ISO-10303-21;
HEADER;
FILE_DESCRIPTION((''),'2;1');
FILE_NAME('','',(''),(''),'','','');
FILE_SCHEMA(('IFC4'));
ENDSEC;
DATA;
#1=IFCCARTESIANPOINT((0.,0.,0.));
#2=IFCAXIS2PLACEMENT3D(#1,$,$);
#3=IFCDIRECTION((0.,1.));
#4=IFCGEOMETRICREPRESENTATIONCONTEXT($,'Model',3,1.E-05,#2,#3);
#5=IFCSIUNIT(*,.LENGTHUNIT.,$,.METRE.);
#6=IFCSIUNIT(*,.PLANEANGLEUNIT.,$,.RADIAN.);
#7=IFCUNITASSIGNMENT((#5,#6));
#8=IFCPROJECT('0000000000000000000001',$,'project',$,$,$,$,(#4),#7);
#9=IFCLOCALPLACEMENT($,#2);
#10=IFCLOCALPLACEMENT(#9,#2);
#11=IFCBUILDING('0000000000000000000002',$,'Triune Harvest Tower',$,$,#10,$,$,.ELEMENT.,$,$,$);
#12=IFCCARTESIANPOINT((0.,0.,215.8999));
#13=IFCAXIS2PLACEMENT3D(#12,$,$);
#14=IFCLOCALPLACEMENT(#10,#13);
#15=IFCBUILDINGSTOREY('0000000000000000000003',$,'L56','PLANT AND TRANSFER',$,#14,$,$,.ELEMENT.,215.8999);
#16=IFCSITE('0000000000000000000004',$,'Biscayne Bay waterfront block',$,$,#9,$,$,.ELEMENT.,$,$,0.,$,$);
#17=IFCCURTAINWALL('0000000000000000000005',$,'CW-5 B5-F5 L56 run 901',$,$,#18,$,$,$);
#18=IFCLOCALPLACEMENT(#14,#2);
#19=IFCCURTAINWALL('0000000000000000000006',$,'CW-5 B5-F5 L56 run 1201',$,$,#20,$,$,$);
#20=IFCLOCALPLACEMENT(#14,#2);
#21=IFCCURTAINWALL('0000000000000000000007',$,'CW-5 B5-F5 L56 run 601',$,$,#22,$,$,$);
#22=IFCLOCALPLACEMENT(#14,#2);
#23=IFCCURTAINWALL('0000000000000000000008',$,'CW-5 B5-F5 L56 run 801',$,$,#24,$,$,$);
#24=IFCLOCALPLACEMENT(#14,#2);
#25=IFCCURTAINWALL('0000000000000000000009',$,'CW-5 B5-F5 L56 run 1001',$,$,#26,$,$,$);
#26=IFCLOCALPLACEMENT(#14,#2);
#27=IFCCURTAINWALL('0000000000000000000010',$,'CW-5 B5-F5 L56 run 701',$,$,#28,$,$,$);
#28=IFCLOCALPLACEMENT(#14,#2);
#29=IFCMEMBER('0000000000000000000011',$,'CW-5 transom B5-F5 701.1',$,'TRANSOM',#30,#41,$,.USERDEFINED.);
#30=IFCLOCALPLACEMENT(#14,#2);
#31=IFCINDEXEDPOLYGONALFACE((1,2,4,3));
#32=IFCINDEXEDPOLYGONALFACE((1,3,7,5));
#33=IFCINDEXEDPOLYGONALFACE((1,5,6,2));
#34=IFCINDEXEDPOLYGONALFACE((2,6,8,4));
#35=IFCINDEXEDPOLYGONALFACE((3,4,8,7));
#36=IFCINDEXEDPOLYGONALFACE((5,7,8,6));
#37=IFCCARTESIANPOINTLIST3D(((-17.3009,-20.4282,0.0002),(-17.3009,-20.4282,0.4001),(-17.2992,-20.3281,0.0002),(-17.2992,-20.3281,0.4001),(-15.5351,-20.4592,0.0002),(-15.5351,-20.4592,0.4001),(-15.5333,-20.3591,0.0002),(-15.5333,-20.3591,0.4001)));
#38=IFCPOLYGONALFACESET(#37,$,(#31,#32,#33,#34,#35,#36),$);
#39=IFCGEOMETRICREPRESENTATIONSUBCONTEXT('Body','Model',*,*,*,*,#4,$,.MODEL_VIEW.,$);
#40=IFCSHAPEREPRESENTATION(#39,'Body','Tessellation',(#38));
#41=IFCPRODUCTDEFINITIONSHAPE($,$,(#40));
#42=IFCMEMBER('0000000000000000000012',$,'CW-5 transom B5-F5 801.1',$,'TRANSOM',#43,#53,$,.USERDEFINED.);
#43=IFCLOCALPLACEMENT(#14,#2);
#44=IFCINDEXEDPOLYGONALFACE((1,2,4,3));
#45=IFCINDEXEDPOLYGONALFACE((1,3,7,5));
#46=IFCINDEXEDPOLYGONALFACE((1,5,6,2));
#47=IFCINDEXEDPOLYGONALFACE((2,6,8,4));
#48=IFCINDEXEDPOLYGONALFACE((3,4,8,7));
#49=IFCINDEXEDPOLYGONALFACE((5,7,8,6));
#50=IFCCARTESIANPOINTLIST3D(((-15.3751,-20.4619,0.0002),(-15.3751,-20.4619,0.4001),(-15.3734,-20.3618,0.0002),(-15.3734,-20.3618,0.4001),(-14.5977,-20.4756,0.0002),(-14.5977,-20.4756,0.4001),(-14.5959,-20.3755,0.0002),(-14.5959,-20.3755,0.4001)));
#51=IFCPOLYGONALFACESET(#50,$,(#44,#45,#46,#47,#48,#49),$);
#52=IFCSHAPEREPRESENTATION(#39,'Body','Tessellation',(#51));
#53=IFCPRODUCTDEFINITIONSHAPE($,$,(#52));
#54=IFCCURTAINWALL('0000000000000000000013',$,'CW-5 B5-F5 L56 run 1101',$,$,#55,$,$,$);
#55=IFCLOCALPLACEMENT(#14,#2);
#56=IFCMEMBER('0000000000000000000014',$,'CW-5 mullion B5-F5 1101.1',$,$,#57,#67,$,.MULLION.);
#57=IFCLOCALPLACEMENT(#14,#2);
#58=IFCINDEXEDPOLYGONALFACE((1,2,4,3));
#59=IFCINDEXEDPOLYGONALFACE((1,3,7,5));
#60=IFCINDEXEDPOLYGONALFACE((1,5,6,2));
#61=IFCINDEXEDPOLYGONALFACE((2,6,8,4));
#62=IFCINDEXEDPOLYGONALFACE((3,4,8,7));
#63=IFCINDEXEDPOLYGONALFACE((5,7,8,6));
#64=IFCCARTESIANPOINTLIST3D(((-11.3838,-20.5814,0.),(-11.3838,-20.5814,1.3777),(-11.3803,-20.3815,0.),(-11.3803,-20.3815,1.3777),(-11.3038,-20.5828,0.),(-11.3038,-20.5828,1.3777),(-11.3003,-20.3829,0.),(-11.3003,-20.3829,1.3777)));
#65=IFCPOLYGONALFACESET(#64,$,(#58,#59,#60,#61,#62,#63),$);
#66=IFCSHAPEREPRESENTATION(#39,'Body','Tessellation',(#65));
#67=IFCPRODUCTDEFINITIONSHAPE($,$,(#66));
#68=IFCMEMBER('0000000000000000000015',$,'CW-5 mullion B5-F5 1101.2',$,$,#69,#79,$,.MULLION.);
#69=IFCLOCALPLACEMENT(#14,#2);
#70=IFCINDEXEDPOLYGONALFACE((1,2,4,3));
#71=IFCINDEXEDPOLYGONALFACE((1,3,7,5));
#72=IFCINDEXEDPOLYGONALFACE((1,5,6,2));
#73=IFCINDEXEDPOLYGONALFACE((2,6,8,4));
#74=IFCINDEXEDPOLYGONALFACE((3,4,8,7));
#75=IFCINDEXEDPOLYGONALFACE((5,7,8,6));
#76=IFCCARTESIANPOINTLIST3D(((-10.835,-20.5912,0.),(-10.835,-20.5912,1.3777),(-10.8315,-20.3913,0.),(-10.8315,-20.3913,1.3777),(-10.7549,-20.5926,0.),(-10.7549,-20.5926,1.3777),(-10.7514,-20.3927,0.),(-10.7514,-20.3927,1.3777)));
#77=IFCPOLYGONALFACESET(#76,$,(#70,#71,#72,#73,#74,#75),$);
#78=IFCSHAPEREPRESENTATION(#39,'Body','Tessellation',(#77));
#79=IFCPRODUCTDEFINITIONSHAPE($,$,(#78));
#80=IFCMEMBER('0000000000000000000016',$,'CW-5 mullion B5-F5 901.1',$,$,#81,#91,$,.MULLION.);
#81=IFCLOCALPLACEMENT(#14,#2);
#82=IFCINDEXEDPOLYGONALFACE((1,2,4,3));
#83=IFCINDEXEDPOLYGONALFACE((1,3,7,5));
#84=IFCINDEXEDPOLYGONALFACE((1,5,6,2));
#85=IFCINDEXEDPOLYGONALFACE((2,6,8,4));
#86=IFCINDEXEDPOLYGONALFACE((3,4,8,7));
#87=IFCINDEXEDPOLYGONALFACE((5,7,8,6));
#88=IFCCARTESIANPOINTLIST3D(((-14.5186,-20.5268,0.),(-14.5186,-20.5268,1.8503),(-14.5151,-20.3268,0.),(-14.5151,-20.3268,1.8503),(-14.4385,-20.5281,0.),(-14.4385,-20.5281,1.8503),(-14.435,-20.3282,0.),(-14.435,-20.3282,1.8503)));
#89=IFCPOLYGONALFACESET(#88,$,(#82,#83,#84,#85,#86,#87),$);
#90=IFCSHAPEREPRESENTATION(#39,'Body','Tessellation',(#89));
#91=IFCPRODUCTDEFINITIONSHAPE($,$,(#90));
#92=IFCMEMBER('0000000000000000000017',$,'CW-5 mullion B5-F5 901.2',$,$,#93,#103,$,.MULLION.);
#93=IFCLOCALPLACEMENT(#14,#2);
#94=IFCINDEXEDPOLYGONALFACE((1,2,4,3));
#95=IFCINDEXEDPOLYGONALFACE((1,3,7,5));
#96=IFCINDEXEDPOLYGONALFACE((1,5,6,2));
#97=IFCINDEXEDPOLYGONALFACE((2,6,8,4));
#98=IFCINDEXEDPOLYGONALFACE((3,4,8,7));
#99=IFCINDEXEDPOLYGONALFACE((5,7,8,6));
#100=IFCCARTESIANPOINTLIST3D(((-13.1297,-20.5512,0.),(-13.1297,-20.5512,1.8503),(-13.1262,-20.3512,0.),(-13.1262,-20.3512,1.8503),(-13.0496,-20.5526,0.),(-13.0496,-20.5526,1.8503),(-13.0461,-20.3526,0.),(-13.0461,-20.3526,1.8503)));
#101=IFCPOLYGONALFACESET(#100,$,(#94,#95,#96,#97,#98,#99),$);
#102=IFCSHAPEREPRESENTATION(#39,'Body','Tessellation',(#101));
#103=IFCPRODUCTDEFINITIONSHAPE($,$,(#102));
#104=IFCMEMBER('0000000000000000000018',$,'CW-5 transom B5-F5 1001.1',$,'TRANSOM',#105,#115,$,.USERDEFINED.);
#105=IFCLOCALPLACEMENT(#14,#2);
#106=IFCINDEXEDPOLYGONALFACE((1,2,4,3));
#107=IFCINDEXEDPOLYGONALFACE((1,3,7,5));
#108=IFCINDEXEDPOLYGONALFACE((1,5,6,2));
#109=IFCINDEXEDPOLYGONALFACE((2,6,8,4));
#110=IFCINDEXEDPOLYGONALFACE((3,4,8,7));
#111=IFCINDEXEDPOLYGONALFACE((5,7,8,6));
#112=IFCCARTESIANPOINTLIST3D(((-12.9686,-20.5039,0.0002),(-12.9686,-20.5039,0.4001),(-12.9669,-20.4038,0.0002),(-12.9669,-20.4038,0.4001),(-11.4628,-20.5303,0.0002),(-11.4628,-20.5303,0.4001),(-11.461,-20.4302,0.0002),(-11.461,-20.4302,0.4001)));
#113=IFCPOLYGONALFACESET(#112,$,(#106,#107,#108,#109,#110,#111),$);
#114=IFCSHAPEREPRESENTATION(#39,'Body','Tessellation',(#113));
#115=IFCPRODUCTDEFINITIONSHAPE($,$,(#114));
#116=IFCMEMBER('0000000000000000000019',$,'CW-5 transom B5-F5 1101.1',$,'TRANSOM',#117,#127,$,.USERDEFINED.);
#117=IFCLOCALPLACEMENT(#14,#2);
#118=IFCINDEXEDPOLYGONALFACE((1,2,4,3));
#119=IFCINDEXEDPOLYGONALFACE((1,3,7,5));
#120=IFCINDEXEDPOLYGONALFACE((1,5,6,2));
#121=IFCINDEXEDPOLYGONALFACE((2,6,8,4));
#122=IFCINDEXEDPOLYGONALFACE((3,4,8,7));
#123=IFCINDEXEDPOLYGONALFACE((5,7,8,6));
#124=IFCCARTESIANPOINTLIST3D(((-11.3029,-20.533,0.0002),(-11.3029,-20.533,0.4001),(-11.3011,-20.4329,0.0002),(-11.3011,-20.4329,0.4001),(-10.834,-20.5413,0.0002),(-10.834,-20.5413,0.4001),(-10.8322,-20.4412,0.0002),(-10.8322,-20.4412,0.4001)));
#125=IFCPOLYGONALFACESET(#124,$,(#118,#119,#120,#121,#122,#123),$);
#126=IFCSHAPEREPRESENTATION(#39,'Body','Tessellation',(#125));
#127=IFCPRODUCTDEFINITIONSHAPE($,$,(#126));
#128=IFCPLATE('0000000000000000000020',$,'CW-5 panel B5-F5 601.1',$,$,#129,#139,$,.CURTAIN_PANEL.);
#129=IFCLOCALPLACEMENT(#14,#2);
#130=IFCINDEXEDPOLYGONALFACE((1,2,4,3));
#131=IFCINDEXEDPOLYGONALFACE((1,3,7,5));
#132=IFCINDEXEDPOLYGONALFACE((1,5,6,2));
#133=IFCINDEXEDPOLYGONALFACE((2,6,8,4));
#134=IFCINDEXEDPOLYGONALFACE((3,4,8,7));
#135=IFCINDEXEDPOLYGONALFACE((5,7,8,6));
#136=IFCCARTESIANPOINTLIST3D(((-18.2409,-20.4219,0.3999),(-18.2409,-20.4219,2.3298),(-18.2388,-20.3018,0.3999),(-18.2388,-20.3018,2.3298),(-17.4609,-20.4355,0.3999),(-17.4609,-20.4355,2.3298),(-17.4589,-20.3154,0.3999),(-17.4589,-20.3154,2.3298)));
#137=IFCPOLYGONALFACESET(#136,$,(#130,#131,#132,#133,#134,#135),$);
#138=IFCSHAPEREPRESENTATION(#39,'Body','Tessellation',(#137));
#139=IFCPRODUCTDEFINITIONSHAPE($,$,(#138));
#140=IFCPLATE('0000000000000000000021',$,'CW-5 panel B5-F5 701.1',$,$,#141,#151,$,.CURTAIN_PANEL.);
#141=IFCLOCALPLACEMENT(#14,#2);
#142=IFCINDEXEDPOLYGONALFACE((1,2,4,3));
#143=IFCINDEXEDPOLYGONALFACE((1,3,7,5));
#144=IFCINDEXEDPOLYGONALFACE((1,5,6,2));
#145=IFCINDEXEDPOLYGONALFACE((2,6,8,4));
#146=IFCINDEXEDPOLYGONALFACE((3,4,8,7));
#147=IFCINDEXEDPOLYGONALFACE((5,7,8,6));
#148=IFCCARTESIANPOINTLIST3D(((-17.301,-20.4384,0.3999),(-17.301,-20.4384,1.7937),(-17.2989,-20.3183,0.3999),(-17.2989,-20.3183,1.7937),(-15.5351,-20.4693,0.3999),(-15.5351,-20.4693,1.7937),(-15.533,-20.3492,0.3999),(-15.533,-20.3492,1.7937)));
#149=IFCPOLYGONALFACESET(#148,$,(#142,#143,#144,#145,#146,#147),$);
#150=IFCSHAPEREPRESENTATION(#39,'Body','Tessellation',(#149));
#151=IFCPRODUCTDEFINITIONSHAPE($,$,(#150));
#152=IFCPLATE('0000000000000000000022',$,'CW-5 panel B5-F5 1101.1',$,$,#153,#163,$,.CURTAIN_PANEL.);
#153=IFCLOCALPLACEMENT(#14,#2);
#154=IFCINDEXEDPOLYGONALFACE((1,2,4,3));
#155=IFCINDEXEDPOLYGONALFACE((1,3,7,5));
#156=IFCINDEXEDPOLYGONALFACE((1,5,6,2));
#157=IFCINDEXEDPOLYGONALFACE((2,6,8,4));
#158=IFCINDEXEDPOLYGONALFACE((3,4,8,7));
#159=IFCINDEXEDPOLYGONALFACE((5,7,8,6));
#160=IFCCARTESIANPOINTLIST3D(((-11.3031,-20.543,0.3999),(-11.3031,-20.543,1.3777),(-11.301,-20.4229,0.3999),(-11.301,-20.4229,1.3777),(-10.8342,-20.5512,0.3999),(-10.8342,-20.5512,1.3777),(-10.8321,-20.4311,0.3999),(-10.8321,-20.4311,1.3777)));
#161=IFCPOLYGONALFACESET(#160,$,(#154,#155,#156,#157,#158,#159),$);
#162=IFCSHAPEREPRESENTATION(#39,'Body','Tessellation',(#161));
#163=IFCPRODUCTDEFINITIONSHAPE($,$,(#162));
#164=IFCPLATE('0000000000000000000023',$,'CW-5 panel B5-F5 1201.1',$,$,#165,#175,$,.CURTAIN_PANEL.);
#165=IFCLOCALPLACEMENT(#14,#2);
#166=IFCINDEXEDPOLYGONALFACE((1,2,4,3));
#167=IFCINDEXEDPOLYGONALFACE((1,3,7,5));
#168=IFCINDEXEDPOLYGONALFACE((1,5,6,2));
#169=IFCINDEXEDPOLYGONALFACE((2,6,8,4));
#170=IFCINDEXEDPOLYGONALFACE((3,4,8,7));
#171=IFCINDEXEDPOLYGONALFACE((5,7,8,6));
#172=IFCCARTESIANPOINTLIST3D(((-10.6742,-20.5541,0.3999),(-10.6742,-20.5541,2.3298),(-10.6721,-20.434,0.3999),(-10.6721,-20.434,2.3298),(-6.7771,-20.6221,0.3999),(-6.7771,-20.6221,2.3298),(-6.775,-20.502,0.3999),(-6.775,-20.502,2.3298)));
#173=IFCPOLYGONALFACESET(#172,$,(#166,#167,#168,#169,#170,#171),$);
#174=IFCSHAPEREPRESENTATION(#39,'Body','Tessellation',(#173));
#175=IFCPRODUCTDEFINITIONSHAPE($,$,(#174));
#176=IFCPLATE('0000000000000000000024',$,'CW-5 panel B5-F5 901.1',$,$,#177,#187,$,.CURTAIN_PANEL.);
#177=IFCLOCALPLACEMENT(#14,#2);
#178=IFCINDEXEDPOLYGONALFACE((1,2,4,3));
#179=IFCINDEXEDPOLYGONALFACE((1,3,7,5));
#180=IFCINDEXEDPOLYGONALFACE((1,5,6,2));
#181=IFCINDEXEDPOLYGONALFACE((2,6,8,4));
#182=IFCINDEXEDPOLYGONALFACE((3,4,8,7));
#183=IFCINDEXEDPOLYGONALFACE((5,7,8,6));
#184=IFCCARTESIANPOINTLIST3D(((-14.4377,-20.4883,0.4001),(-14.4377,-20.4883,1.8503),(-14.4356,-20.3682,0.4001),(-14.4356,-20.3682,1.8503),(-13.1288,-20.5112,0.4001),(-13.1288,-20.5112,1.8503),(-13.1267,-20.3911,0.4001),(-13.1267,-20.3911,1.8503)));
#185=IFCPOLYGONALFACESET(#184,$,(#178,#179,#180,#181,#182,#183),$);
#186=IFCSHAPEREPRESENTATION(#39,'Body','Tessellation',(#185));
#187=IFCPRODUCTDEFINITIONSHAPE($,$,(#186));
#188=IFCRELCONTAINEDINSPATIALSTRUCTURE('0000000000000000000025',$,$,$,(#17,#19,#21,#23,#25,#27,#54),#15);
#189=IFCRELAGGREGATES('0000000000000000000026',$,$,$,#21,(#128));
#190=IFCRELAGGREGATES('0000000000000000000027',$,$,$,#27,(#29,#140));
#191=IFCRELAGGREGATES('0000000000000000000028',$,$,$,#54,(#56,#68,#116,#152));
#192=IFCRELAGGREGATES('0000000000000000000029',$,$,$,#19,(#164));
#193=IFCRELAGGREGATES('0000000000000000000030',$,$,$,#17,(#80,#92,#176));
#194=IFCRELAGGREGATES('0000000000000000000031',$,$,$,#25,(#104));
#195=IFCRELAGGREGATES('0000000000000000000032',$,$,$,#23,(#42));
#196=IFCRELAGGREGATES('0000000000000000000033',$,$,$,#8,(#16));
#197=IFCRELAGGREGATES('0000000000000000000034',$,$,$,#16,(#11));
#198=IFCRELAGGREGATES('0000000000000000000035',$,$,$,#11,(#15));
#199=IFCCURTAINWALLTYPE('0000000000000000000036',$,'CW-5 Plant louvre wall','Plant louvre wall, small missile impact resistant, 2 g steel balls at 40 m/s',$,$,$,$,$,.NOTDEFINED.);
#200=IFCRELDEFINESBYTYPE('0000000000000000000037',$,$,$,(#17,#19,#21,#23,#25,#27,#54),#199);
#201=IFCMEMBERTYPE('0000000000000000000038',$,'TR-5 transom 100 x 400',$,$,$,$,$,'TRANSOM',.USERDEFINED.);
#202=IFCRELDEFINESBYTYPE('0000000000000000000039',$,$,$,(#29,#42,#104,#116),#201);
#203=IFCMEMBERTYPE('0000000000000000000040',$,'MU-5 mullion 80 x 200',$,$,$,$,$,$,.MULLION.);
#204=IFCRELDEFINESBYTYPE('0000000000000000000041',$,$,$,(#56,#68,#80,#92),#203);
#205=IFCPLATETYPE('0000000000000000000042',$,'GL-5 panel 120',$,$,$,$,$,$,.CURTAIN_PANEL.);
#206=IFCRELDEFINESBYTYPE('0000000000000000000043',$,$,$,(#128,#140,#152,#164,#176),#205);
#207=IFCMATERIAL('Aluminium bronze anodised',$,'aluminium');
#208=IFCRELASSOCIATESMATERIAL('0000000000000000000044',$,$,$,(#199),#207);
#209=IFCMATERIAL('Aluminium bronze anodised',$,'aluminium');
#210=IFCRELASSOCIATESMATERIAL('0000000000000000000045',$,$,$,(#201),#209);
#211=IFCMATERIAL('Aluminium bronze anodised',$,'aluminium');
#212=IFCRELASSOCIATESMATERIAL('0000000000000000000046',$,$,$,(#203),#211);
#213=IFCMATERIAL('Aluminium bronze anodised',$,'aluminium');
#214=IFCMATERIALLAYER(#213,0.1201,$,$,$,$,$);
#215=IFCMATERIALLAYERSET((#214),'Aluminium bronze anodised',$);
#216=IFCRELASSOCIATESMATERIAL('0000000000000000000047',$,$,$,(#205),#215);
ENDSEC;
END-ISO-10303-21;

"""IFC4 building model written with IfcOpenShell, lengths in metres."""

from ifc_helpers import new_model, si_unit, direction, frame, origin, origin_2d, place, context, subcontext, project, spatial, rectangle, extrude, source, transform, mapped, material, layer, layer_set, material_profile, profile_set, type_object, element, aggregate, save


model = new_model("IFC4")

# Units and contexts
model_context = context("Model", 3, precision=1e-05, world=origin(), true_north=direction((0.0, 1.0)))
body_context = subcontext(model_context, "Body", "Model", "MODEL_VIEW")
ifc_project = project(units=[si_unit("LENGTHUNIT", "METRE"), si_unit("PLANEANGLEUNIT", "RADIAN")], contexts=[model_context])

# Site, building, storey
site_placement = place(None, origin())
site = spatial("IfcSite", under=ifc_project, at=site_placement, Name="Biscayne Bay waterfront block", CompositionType="ELEMENT", RefElevation=0.0)
building_placement = place(site_placement, origin())
building = spatial("IfcBuilding", under=site, at=building_placement, Name="Triune Harvest Tower", CompositionType="ELEMENT")
storey_placement = place(building_placement, frame((0.0, 0.0, 215.8999)))
storey = spatial("IfcBuildingStorey", under=building, at=storey_placement, Name="L56", Description="PLANT AND TRANSFER", CompositionType="ELEMENT", Elevation=215.8999)

# Curtain walls
ifc_material_1 = material(Name="Aluminium bronze anodised", Category="aluminium")
curtain_wall_type = type_object("IfcCurtainWallType", Name="CW-5 Plant louvre wall", Description="Plant louvre wall, small missile impact resistant, 2 g steel balls at 40 m/s", PredefinedType="NOTDEFINED", material=ifc_material_1)
curtain_wall_1_placement = place(storey_placement, origin())
curtain_wall_1 = element("IfcCurtainWall", 1, at=curtain_wall_1_placement, inside=storey, type_object=curtain_wall_type, Name="CW-5 B5-F5 L56 run 901")
ifc_material_2 = material(Name="Aluminium bronze anodised", Category="aluminium")
ifc_material_profile_1 = material_profile(ifc_material_2, rectangle(XDim=0.1001, YDim=0.3999, at=origin_2d()), Name="TR-5 transom 100 x 400")
ifc_profile_set_1 = profile_set([ifc_material_profile_1], Name="Aluminium bronze anodised")
member_type_1 = type_object("IfcMemberType", Name="TR-5 transom 100 x 400", ElementType="TRANSOM", PredefinedType="USERDEFINED", material=ifc_profile_set_1)
curtain_wall_2_placement = place(storey_placement, origin())
curtain_wall_2 = element("IfcCurtainWall", 2, at=curtain_wall_2_placement, inside=storey, type_object=curtain_wall_type, Name="CW-5 B5-F5 L56 run 1201")

# Shared definitions
ifc_material_3 = material(Name="Aluminium bronze anodised", Category="aluminium")
ifc_material_profile_2 = material_profile(ifc_material_3, rectangle(XDim=0.2, YDim=0.0801, at=origin_2d()), Name="MU-5 mullion 80 x 200")
ifc_profile_set_2 = profile_set([ifc_material_profile_2], Name="Aluminium bronze anodised")
member_type_2 = type_object("IfcMemberType", Name="MU-5 mullion 80 x 200", PredefinedType="MULLION", material=ifc_profile_set_2)

# Curtain wall
curtain_wall_3_placement = place(storey_placement, origin())
curtain_wall_3 = element("IfcCurtainWall", 3, at=curtain_wall_3_placement, inside=storey, type_object=curtain_wall_type, Name="CW-5 B5-F5 L56 run 601")

# Curtain walls
curtain_wall_4_placement = place(storey_placement, origin())
curtain_wall_4 = element("IfcCurtainWall", 4, at=curtain_wall_4_placement, inside=storey, type_object=curtain_wall_type, Name="CW-5 B5-F5 L56 run 801")
curtain_wall_5_placement = place(storey_placement, origin())
curtain_wall_5 = element("IfcCurtainWall", 5, at=curtain_wall_5_placement, inside=storey, type_object=curtain_wall_type, Name="CW-5 B5-F5 L56 run 1001")

# Curtain wall, member
curtain_wall_6_placement = place(storey_placement, origin())
curtain_wall_6 = element("IfcCurtainWall", 6, at=curtain_wall_6_placement, inside=storey, type_object=curtain_wall_type, Name="CW-5 B5-F5 L56 run 701")
shared_shape_1 = source(origin(), body_context, "Body", "SweptSolid", [
    extrude(rectangle(XDim=0.1001, YDim=0.3999, at=origin_2d()), origin(), (0.0, 0.0, 1.0), 1.7661),
])
member_1_placement = place(storey_placement, frame((-17.3, -20.3782, 0.2002), z_axis=(0.999846, -0.017556, 0.0), x_axis=(0.017556, 0.999846, 0.0)))
member_1 = element("IfcMember", 7, at=member_1_placement, type_object=member_type_1, Name="CW-5 transom B5-F5 701.1", ObjectType="TRANSOM", PredefinedType="USERDEFINED", context=body_context, shape_type="MappedRepresentation", body=[
    mapped(shared_shape_1, transform((0.0, 0.0, 0.0), scale=1.0)),
])

# Member
shared_shape_2 = source(origin(), body_context, "Body", "SweptSolid", [
    extrude(rectangle(XDim=0.1001, YDim=0.3999, at=origin_2d()), origin(), (0.0, 0.0, 1.0), 0.7776),
])
member_2_placement = place(storey_placement, frame((-15.3743, -20.4119, 0.2002), z_axis=(0.999845, -0.01758, 0.0), x_axis=(0.01758, 0.999845, 0.0)))
member_2 = element("IfcMember", 8, at=member_2_placement, type_object=member_type_1, Name="CW-5 transom B5-F5 801.1", ObjectType="TRANSOM", PredefinedType="USERDEFINED", context=body_context, shape_type="MappedRepresentation", body=[
    mapped(shared_shape_2, transform((0.0, 0.0, 0.0), scale=1.0)),
])

# Curtain wall, members
curtain_wall_7_placement = place(storey_placement, origin())
curtain_wall_7 = element("IfcCurtainWall", 9, at=curtain_wall_7_placement, inside=storey, type_object=curtain_wall_type, Name="CW-5 B5-F5 L56 run 1101")
shared_shape_3 = source(origin(), body_context, "Body", "SweptSolid", [
    extrude(rectangle(XDim=0.2, YDim=0.0801, at=origin_2d()), origin(), (0.0, 0.0, 1.0), 1.3777),
])
member_3_placement = place(storey_placement, frame((-11.342, -20.4822, 0.0), z_axis=(0.0, 0.0, 1.0), x_axis=(0.017488, 0.999847, 0.0)))
member_3 = element("IfcMember", 10, at=member_3_placement, type_object=member_type_2, Name="CW-5 mullion B5-F5 1101.1", PredefinedType="MULLION", context=body_context, shape_type="MappedRepresentation", body=[
    mapped(shared_shape_3, transform((0.0, 0.0, 0.0), scale=1.0)),
])
member_4_placement = place(storey_placement, frame((-10.7932, -20.4919, 0.0), z_axis=(0.0, 0.0, 1.0), x_axis=(0.017488, 0.999847, 0.0)))
member_4 = element("IfcMember", 11, at=member_4_placement, type_object=member_type_2, Name="CW-5 mullion B5-F5 1101.2", PredefinedType="MULLION", context=body_context, shape_type="MappedRepresentation", body=[
    mapped(shared_shape_3, transform((0.0, 0.0, 0.0), scale=1.0)),
])

# Members
shared_shape_4 = source(origin(), body_context, "Body", "SweptSolid", [
    extrude(rectangle(XDim=0.2, YDim=0.0801, at=origin_2d()), origin(), (0.0, 0.0, 1.0), 1.8503),
])
member_5_placement = place(storey_placement, frame((-14.4768, -20.4275, 0.0), z_axis=(0.0, 0.0, 1.0), x_axis=(0.017425, 0.999848, 0.0)))
member_5 = element("IfcMember", 12, at=member_5_placement, type_object=member_type_2, Name="CW-5 mullion B5-F5 901.1", PredefinedType="MULLION", context=body_context, shape_type="MappedRepresentation", body=[
    mapped(shared_shape_4, transform((0.0, 0.0, 0.0), scale=1.0)),
])
member_6_placement = place(storey_placement, frame((-13.0879, -20.4519, 0.0), z_axis=(0.0, 0.0, 1.0), x_axis=(0.017425, 0.999848, 0.0)))
member_6 = element("IfcMember", 13, at=member_6_placement, type_object=member_type_2, Name="CW-5 mullion B5-F5 901.2", PredefinedType="MULLION", context=body_context, shape_type="MappedRepresentation", body=[
    mapped(shared_shape_4, transform((0.0, 0.0, 0.0), scale=1.0)),
])
shared_shape_5 = source(origin(), body_context, "Body", "SweptSolid", [
    extrude(rectangle(XDim=0.1001, YDim=0.3999, at=origin_2d()), origin(), (0.0, 0.0, 1.0), 1.5061),
])
member_7_placement = place(storey_placement, frame((-12.9678, -20.4539, 0.2002), z_axis=(0.999847, -0.017507, 0.0), x_axis=(0.017507, 0.999847, 0.0)))
member_7 = element("IfcMember", 14, at=member_7_placement, type_object=member_type_1, Name="CW-5 transom B5-F5 1001.1", ObjectType="TRANSOM", PredefinedType="USERDEFINED", context=body_context, shape_type="MappedRepresentation", body=[
    mapped(shared_shape_5, transform((0.0, 0.0, 0.0), scale=1.0)),
])
shared_shape_6 = source(origin(), body_context, "Body", "SweptSolid", [
    extrude(rectangle(XDim=0.1001, YDim=0.3999, at=origin_2d()), origin(), (0.0, 0.0, 1.0), 0.469),
])
member_8_placement = place(storey_placement, frame((-11.302, -20.4829, 0.2002), z_axis=(0.999843, -0.017696, 0.0), x_axis=(0.017696, 0.999843, 0.0)))
member_8 = element("IfcMember", 15, at=member_8_placement, type_object=member_type_1, Name="CW-5 transom B5-F5 1101.1", ObjectType="TRANSOM", PredefinedType="USERDEFINED", context=body_context, shape_type="MappedRepresentation", body=[
    mapped(shared_shape_6, transform((0.0, 0.0, 0.0), scale=1.0)),
])

# Plates
ifc_material_4 = material(Name="Aluminium bronze anodised", Category="aluminium")
ifc_layer = layer(ifc_material_4, 0.1201)
ifc_layer_set = layer_set([ifc_layer], Name="Aluminium bronze anodised")
plate_type = type_object("IfcPlateType", Name="GL-5 panel 120", PredefinedType="CURTAIN_PANEL", material=ifc_layer_set)
plate_1_placement = place(storey_placement, frame((-17.8499, -20.3687, 0.3999), z_axis=(0.0, 0.0, 1.0), x_axis=(0.999848, -0.017446, 0.0)))
plate_1 = element("IfcPlate", 16, at=plate_1_placement, type_object=plate_type, Name="CW-5 panel B5-F5 601.1", PredefinedType="CURTAIN_PANEL", context=body_context, shape_type="SweptSolid", body=[
    extrude(rectangle(XDim=0.78, YDim=0.1201, at=origin_2d()), origin(), (0.0, 0.0, 1.0), 1.9299),
])
aggregate(curtain_wall_3, [plate_1])
plate_2_placement = place(storey_placement, frame((-16.417, -20.3938, 0.3999), z_axis=(0.0, 0.0, 1.0), x_axis=(0.999848, -0.017445, 0.0)))
plate_2 = element("IfcPlate", 17, at=plate_2_placement, type_object=plate_type, Name="CW-5 panel B5-F5 701.1", PredefinedType="CURTAIN_PANEL", context=body_context, shape_type="SweptSolid", body=[
    extrude(rectangle(XDim=1.7661, YDim=0.1201, at=origin_2d()), origin(), (0.0, 0.0, 1.0), 1.3938),
])
aggregate(curtain_wall_6, [member_1, plate_2])
plate_3_placement = place(storey_placement, frame((-11.0676, -20.4871, 0.3999), z_axis=(0.0, 0.0, 1.0), x_axis=(0.999847, -0.017488, 0.0)))
plate_3 = element("IfcPlate", 18, at=plate_3_placement, type_object=plate_type, Name="CW-5 panel B5-F5 1101.1", PredefinedType="CURTAIN_PANEL", context=body_context, shape_type="SweptSolid", body=[
    extrude(rectangle(XDim=0.469, YDim=0.1201, at=origin_2d()), origin(), (0.0, 0.0, 1.0), 0.9778),
])
aggregate(curtain_wall_7, [member_3, member_4, member_8, plate_3])
plate_4_placement = place(storey_placement, frame((-8.7246, -20.5281, 0.3999), z_axis=(0.0, 0.0, 1.0), x_axis=(0.999848, -0.017448, 0.0)))
plate_4 = element("IfcPlate", 19, at=plate_4_placement, type_object=plate_type, Name="CW-5 panel B5-F5 1201.1", PredefinedType="CURTAIN_PANEL", context=body_context, shape_type="SweptSolid", body=[
    extrude(rectangle(XDim=3.8977, YDim=0.1201, at=origin_2d()), origin(), (0.0, 0.0, 1.0), 1.9299),
])
aggregate(curtain_wall_2, [plate_4])
shared_shape_7 = source(origin(), body_context, "Body", "SweptSolid", [
    extrude(rectangle(XDim=1.3091, YDim=0.1201, at=origin_2d()), origin(), (0.0, 0.0, 1.0), 1.4502),
])
plate_5_placement = place(storey_placement, frame((-13.7822, -20.4397, 0.4001), z_axis=(0.0, 0.0, 1.0), x_axis=(0.999848, -0.017425, 0.0)))
plate_5 = element("IfcPlate", 20, at=plate_5_placement, type_object=plate_type, Name="CW-5 panel B5-F5 901.1", PredefinedType="CURTAIN_PANEL", context=body_context, shape_type="MappedRepresentation", body=[
    mapped(shared_shape_7, transform((0.0, 0.0, 0.0), scale=1.0)),
])
aggregate(curtain_wall_1, [member_5, member_6, plate_5])
aggregate(curtain_wall_5, [member_7])
aggregate(curtain_wall_4, [member_2])

save(model, "model.ifc")
